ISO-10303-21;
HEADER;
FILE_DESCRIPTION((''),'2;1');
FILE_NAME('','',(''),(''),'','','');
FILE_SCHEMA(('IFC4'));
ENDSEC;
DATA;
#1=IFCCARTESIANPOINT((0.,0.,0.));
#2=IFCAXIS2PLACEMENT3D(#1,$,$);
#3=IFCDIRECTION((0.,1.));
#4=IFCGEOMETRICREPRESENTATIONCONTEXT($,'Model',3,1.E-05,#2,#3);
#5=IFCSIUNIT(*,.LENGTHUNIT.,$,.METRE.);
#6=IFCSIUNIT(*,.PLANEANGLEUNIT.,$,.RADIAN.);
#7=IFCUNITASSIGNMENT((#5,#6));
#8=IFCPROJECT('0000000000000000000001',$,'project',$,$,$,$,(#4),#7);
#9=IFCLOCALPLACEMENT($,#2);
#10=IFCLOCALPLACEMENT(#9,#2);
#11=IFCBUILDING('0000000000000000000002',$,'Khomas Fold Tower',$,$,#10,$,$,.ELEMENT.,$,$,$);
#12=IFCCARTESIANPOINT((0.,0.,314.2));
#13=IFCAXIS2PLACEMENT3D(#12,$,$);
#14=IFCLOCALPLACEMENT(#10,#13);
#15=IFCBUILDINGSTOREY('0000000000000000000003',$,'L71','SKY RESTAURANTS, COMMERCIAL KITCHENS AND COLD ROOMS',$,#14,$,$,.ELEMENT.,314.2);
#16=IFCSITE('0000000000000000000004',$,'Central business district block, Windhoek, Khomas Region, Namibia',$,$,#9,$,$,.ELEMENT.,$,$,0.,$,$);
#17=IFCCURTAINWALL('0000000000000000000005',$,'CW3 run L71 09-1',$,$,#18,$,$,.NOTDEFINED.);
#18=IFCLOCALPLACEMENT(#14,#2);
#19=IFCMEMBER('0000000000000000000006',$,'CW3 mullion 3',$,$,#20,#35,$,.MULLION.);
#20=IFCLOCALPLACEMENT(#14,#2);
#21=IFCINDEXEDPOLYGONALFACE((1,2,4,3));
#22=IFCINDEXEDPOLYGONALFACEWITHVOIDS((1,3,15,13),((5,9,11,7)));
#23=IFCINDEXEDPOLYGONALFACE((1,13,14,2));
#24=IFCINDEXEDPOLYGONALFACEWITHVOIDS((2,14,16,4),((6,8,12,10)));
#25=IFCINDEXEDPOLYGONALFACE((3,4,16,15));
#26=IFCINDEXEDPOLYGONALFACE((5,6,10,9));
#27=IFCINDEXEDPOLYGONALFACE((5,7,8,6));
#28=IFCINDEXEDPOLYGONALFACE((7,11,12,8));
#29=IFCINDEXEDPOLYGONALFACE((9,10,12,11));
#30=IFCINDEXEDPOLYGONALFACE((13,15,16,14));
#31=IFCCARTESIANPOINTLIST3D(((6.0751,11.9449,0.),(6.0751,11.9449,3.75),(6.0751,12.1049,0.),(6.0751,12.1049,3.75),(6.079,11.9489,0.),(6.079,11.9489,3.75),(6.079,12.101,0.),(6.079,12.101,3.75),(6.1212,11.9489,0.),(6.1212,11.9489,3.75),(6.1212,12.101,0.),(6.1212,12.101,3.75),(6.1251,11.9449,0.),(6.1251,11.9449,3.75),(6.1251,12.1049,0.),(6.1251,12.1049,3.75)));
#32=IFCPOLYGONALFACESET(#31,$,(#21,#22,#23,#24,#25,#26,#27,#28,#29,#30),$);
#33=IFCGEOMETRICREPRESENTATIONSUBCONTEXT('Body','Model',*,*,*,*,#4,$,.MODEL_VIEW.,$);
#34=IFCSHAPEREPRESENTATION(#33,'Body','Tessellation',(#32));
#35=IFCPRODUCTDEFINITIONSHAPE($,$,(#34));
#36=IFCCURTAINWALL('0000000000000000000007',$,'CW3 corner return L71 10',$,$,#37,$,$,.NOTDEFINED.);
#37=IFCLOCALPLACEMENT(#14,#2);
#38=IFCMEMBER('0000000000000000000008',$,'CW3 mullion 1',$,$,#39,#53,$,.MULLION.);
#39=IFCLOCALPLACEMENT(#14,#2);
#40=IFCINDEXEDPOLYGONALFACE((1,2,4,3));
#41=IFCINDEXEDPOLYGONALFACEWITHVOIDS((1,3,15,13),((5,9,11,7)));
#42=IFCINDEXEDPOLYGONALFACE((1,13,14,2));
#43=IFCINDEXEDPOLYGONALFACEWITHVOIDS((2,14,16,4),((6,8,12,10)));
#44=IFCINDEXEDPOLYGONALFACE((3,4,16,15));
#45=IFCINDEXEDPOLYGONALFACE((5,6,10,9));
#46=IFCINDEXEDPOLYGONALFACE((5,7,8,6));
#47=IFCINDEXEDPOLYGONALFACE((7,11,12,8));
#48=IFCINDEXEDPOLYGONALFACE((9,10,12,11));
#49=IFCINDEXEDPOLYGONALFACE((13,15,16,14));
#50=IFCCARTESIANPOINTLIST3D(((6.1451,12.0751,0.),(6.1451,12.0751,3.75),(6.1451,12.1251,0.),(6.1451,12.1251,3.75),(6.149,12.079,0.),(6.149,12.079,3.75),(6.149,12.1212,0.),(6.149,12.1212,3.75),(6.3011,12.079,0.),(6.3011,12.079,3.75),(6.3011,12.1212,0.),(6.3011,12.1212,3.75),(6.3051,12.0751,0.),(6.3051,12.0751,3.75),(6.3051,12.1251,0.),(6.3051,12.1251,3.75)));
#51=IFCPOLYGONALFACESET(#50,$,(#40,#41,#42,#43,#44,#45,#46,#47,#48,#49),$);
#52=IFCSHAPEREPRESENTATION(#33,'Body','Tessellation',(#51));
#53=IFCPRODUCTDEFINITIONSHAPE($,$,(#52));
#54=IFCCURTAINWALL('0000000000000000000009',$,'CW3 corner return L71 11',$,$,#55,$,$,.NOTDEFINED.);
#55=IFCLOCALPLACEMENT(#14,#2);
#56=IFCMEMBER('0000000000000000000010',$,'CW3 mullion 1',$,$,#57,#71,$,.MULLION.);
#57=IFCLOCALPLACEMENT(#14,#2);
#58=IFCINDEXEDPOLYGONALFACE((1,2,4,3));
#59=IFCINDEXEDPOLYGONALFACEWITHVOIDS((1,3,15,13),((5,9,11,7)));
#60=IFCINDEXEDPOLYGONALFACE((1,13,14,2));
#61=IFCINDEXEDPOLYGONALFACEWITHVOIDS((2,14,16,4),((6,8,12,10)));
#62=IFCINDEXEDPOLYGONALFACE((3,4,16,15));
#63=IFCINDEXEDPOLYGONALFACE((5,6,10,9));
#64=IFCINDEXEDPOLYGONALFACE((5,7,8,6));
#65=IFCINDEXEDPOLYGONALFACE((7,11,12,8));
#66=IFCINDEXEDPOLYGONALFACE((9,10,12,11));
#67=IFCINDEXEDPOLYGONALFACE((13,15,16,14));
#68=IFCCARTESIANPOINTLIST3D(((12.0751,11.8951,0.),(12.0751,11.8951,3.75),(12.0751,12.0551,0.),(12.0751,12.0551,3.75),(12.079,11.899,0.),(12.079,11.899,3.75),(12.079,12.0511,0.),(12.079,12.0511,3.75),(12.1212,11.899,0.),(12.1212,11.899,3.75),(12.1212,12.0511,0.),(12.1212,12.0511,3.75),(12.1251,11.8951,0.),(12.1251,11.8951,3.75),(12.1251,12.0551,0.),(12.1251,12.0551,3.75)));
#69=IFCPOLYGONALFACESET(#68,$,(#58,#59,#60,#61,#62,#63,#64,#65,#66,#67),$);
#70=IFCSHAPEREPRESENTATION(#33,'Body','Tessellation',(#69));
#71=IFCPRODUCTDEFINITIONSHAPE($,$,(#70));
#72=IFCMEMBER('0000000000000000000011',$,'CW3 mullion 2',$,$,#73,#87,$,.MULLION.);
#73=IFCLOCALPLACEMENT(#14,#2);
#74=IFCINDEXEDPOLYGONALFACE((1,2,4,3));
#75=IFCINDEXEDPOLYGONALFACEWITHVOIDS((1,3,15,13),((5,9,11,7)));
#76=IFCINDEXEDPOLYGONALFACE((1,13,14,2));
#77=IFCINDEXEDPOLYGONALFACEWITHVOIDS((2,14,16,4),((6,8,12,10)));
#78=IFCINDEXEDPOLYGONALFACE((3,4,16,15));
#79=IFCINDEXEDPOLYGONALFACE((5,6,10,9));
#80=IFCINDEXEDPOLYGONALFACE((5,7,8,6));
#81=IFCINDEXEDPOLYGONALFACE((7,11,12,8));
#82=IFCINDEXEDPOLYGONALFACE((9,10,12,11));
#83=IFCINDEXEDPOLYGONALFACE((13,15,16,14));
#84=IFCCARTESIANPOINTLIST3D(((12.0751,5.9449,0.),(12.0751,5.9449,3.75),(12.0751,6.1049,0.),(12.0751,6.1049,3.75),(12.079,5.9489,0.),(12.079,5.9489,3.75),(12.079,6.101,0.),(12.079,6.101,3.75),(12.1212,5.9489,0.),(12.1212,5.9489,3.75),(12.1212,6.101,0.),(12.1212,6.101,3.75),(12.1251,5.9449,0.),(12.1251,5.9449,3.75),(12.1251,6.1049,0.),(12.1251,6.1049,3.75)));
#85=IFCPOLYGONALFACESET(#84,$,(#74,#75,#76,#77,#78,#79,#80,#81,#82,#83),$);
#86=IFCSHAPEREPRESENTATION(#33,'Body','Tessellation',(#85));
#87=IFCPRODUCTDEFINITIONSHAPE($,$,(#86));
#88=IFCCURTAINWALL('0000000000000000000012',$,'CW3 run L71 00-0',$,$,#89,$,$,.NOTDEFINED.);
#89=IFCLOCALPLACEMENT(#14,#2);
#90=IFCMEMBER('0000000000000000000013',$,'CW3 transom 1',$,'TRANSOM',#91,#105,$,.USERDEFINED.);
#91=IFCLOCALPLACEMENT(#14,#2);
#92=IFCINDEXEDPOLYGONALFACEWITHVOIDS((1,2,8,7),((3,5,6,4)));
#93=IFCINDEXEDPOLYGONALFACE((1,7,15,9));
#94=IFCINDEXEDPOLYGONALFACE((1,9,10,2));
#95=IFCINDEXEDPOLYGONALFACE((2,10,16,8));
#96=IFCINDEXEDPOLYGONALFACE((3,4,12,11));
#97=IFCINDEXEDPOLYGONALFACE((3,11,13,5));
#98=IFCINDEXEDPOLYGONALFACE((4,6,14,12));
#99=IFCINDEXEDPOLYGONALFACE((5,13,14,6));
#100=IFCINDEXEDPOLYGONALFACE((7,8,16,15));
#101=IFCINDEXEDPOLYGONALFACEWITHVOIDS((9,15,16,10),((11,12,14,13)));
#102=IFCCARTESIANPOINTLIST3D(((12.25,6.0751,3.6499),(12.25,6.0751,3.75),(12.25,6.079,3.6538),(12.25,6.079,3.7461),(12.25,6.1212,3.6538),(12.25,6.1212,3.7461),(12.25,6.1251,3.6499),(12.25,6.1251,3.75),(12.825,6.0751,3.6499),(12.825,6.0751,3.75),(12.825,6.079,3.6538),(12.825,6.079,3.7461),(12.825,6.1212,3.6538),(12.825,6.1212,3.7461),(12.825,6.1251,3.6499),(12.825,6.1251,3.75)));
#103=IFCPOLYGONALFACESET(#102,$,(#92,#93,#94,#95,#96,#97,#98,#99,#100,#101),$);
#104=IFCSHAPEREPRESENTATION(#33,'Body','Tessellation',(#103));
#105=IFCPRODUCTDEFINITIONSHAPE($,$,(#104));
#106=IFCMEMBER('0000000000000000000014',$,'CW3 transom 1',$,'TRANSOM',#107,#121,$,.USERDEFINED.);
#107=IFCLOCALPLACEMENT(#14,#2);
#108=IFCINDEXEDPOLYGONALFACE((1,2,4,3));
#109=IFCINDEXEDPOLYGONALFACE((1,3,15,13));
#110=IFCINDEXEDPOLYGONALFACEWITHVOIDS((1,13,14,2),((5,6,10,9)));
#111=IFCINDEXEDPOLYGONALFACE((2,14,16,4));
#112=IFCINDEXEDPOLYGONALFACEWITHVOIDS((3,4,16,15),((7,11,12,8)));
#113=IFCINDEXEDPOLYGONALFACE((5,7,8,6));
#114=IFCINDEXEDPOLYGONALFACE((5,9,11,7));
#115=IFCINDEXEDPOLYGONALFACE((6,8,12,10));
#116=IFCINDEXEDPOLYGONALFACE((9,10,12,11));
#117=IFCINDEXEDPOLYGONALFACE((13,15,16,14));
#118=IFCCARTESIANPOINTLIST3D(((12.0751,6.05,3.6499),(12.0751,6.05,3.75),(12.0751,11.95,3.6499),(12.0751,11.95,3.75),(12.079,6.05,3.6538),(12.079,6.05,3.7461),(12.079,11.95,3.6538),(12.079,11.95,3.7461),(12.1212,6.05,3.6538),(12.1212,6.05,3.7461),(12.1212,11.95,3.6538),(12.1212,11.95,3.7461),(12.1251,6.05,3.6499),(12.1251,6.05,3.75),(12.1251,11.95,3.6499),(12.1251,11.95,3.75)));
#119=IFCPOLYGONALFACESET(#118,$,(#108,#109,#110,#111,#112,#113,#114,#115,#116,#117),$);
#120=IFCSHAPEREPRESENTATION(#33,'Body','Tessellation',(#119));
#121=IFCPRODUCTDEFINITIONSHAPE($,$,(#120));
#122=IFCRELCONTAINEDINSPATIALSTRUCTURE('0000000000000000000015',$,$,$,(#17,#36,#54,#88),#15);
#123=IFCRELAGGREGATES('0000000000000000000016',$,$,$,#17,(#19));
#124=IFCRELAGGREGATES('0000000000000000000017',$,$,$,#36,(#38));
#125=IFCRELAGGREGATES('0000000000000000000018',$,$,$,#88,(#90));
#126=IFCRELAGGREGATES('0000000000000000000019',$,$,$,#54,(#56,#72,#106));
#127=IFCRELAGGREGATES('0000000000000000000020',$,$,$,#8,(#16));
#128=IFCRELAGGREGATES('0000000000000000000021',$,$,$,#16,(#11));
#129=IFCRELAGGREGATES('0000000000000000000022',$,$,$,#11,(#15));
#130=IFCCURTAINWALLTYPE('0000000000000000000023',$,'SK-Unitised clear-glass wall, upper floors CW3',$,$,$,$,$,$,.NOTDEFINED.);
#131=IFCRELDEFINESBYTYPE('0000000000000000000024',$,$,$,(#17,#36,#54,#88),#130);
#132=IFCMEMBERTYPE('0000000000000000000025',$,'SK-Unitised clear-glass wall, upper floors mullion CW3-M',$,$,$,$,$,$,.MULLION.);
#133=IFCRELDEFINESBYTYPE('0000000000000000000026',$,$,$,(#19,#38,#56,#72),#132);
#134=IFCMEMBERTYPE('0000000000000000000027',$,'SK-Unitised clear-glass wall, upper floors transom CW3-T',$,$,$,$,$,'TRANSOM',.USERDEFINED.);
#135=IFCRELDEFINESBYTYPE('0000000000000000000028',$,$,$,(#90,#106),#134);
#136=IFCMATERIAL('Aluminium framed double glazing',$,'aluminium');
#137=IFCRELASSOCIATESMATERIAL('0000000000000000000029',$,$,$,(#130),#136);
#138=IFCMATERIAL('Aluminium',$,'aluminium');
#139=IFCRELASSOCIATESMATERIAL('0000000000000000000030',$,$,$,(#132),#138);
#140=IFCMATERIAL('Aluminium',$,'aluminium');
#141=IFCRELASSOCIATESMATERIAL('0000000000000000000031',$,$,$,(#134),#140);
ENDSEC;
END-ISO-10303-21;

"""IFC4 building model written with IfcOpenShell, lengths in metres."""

from ifc_helpers import new_model, si_unit, direction, frame, origin, origin_2d, place, context, subcontext, project, spatial, hollow_rectangle, extrude, source, transform, mapped, material, material_profile, profile_set, type_object, element, aggregate, save


model = new_model("IFC4")

# Units and contexts
model_context = context("Model", 3, precision=1e-05, world=origin(), true_north=direction((0.0, 1.0)))
body_context = subcontext(model_context, "Body", "Model", "MODEL_VIEW")
ifc_project = project(units=[si_unit("LENGTHUNIT", "METRE"), si_unit("PLANEANGLEUNIT", "RADIAN")], contexts=[model_context])

# Site, building, storey
site_placement = place(None, origin())
site = spatial("IfcSite", under=ifc_project, at=site_placement, Name="Central business district block, Windhoek, Khomas Region, Namibia", CompositionType="ELEMENT", RefElevation=0.0)
building_placement = place(site_placement, origin())
building = spatial("IfcBuilding", under=site, at=building_placement, Name="Khomas Fold Tower", CompositionType="ELEMENT")
storey_placement = place(building_placement, frame((0.0, 0.0, 314.2)))
storey = spatial("IfcBuildingStorey", under=building, at=storey_placement, Name="L71", Description="SKY RESTAURANTS, COMMERCIAL KITCHENS AND COLD ROOMS", CompositionType="ELEMENT", Elevation=314.2)

# Curtain walls, members
ifc_material_1 = material(Name="Aluminium framed double glazing", Category="aluminium")
curtain_wall_type = type_object("IfcCurtainWallType", Name="SK-Unitised clear-glass wall, upper floors CW3", PredefinedType="NOTDEFINED", material=ifc_material_1)
curtain_wall_1_placement = place(storey_placement, origin())
curtain_wall_1 = element("IfcCurtainWall", 1, at=curtain_wall_1_placement, inside=storey, type_object=curtain_wall_type, Name="CW3 run L71 09-1", PredefinedType="NOTDEFINED")
ifc_material_2 = material(Name="Aluminium", Category="aluminium")
ifc_material_profile_1 = material_profile(ifc_material_2, hollow_rectangle(XDim=0.05, YDim=0.1599, WallThickness=0.0039, at=origin_2d()), Name="SK-Unitised clear-glass wall, upper floors mullion CW3-M")
ifc_profile_set_1 = profile_set([ifc_material_profile_1], Name="Aluminium")
member_type_1 = type_object("IfcMemberType", Name="SK-Unitised clear-glass wall, upper floors mullion CW3-M", PredefinedType="MULLION", material=ifc_profile_set_1)
shared_shape_1 = source(origin(), body_context, "Body", "SweptSolid", [
    extrude(hollow_rectangle(XDim=0.05, YDim=0.1599, WallThickness=0.0039, at=origin_2d()), origin(), (0.0, 0.0, 1.0), 3.75),
])
member_1_placement = place(storey_placement, frame((6.1001, 12.0249, 0.0), z_axis=(0.0, 0.0, 1.0), x_axis=(1.0, 0.0, 0.0)))
member_1 = element("IfcMember", 2, at=member_1_placement, type_object=member_type_1, Name="CW3 mullion 3", PredefinedType="MULLION", context=body_context, shape_type="MappedRepresentation", body=[
    mapped(shared_shape_1, transform((0.0, 0.0, 0.0))),
])
aggregate(curtain_wall_1, [member_1])
curtain_wall_2_placement = place(storey_placement, origin())
curtain_wall_2 = element("IfcCurtainWall", 3, at=curtain_wall_2_placement, inside=storey, type_object=curtain_wall_type, Name="CW3 corner return L71 10", PredefinedType="NOTDEFINED")
member_2_placement = place(storey_placement, frame((6.2251, 12.1001, 0.0), z_axis=(0.0, 0.0, 1.0), x_axis=(0.0, 1.0, 0.0)))
member_2 = element("IfcMember", 4, at=member_2_placement, type_object=member_type_1, Name="CW3 mullion 1", PredefinedType="MULLION", context=body_context, shape_type="MappedRepresentation", body=[
    mapped(shared_shape_1, transform((0.0, 0.0, 0.0))),
])
aggregate(curtain_wall_2, [member_2])

# Curtain wall, members
curtain_wall_3_placement = place(storey_placement, origin())
curtain_wall_3 = element("IfcCurtainWall", 5, at=curtain_wall_3_placement, inside=storey, type_object=curtain_wall_type, Name="CW3 corner return L71 11", PredefinedType="NOTDEFINED")
member_3_placement = place(storey_placement, frame((12.1001, 11.9751, 0.0), z_axis=(0.0, 0.0, 1.0), x_axis=(1.0, 0.0, 0.0)))
member_3 = element("IfcMember", 6, at=member_3_placement, type_object=member_type_1, Name="CW3 mullion 1", PredefinedType="MULLION", context=body_context, shape_type="MappedRepresentation", body=[
    mapped(shared_shape_1, transform((0.0, 0.0, 0.0))),
])
member_4_placement = place(storey_placement, frame((12.1001, 6.0249, 0.0), z_axis=(0.0, 0.0, 1.0), x_axis=(1.0, 0.0, 0.0)))
member_4 = element("IfcMember", 7, at=member_4_placement, type_object=member_type_1, Name="CW3 mullion 2", PredefinedType="MULLION", context=body_context, shape_type="MappedRepresentation", body=[
    mapped(shared_shape_1, transform((0.0, 0.0, 0.0))),
])

# Curtain wall, member
curtain_wall_4_placement = place(storey_placement, origin())
curtain_wall_4 = element("IfcCurtainWall", 8, at=curtain_wall_4_placement, inside=storey, type_object=curtain_wall_type, Name="CW3 run L71 00-0", PredefinedType="NOTDEFINED")
ifc_material_3 = material(Name="Aluminium", Category="aluminium")
ifc_material_profile_2 = material_profile(ifc_material_3, hollow_rectangle(XDim=0.05, YDim=0.1001, WallThickness=0.0039, at=origin_2d()), Name="SK-Unitised clear-glass wall, upper floors transom CW3-T")
ifc_profile_set_2 = profile_set([ifc_material_profile_2], Name="Aluminium")
member_type_2 = type_object("IfcMemberType", Name="SK-Unitised clear-glass wall, upper floors transom CW3-T", ElementType="TRANSOM", PredefinedType="USERDEFINED", material=ifc_profile_set_2)
shared_shape_2 = source(origin(), body_context, "Body", "SweptSolid", [
    extrude(hollow_rectangle(XDim=0.05, YDim=0.1001, WallThickness=0.0039, at=origin_2d()), origin(), (0.0, 0.0, 1.0), 0.575),
])
member_5_placement = place(storey_placement, frame((12.25, 6.1001, 3.7), z_axis=(1.0, 0.0, 0.0), x_axis=(0.0, 1.0, 0.0)))
member_5 = element("IfcMember", 9, at=member_5_placement, type_object=member_type_2, Name="CW3 transom 1", ObjectType="TRANSOM", PredefinedType="USERDEFINED", context=body_context, shape_type="MappedRepresentation", body=[
    mapped(shared_shape_2, transform((0.0, 0.0, 0.0))),
])

# Member
shared_shape_3 = source(origin(), body_context, "Body", "SweptSolid", [
    extrude(hollow_rectangle(XDim=0.05, YDim=0.1001, WallThickness=0.0039, at=origin_2d()), origin(), (0.0, 0.0, 1.0), 5.8999),
])
member_6_placement = place(storey_placement, frame((12.1001, 11.95, 3.7), z_axis=(0.0, -1.0, 0.0), x_axis=(1.0, 0.0, 0.0)))
member_6 = element("IfcMember", 10, at=member_6_placement, type_object=member_type_2, Name="CW3 transom 1", ObjectType="TRANSOM", PredefinedType="USERDEFINED", context=body_context, shape_type="MappedRepresentation", body=[
    mapped(shared_shape_3, transform((0.0, 0.0, 0.0))),
])

aggregate(curtain_wall_4, [member_5])
aggregate(curtain_wall_3, [member_3, member_4, member_6])

save(model, "model.ifc")
